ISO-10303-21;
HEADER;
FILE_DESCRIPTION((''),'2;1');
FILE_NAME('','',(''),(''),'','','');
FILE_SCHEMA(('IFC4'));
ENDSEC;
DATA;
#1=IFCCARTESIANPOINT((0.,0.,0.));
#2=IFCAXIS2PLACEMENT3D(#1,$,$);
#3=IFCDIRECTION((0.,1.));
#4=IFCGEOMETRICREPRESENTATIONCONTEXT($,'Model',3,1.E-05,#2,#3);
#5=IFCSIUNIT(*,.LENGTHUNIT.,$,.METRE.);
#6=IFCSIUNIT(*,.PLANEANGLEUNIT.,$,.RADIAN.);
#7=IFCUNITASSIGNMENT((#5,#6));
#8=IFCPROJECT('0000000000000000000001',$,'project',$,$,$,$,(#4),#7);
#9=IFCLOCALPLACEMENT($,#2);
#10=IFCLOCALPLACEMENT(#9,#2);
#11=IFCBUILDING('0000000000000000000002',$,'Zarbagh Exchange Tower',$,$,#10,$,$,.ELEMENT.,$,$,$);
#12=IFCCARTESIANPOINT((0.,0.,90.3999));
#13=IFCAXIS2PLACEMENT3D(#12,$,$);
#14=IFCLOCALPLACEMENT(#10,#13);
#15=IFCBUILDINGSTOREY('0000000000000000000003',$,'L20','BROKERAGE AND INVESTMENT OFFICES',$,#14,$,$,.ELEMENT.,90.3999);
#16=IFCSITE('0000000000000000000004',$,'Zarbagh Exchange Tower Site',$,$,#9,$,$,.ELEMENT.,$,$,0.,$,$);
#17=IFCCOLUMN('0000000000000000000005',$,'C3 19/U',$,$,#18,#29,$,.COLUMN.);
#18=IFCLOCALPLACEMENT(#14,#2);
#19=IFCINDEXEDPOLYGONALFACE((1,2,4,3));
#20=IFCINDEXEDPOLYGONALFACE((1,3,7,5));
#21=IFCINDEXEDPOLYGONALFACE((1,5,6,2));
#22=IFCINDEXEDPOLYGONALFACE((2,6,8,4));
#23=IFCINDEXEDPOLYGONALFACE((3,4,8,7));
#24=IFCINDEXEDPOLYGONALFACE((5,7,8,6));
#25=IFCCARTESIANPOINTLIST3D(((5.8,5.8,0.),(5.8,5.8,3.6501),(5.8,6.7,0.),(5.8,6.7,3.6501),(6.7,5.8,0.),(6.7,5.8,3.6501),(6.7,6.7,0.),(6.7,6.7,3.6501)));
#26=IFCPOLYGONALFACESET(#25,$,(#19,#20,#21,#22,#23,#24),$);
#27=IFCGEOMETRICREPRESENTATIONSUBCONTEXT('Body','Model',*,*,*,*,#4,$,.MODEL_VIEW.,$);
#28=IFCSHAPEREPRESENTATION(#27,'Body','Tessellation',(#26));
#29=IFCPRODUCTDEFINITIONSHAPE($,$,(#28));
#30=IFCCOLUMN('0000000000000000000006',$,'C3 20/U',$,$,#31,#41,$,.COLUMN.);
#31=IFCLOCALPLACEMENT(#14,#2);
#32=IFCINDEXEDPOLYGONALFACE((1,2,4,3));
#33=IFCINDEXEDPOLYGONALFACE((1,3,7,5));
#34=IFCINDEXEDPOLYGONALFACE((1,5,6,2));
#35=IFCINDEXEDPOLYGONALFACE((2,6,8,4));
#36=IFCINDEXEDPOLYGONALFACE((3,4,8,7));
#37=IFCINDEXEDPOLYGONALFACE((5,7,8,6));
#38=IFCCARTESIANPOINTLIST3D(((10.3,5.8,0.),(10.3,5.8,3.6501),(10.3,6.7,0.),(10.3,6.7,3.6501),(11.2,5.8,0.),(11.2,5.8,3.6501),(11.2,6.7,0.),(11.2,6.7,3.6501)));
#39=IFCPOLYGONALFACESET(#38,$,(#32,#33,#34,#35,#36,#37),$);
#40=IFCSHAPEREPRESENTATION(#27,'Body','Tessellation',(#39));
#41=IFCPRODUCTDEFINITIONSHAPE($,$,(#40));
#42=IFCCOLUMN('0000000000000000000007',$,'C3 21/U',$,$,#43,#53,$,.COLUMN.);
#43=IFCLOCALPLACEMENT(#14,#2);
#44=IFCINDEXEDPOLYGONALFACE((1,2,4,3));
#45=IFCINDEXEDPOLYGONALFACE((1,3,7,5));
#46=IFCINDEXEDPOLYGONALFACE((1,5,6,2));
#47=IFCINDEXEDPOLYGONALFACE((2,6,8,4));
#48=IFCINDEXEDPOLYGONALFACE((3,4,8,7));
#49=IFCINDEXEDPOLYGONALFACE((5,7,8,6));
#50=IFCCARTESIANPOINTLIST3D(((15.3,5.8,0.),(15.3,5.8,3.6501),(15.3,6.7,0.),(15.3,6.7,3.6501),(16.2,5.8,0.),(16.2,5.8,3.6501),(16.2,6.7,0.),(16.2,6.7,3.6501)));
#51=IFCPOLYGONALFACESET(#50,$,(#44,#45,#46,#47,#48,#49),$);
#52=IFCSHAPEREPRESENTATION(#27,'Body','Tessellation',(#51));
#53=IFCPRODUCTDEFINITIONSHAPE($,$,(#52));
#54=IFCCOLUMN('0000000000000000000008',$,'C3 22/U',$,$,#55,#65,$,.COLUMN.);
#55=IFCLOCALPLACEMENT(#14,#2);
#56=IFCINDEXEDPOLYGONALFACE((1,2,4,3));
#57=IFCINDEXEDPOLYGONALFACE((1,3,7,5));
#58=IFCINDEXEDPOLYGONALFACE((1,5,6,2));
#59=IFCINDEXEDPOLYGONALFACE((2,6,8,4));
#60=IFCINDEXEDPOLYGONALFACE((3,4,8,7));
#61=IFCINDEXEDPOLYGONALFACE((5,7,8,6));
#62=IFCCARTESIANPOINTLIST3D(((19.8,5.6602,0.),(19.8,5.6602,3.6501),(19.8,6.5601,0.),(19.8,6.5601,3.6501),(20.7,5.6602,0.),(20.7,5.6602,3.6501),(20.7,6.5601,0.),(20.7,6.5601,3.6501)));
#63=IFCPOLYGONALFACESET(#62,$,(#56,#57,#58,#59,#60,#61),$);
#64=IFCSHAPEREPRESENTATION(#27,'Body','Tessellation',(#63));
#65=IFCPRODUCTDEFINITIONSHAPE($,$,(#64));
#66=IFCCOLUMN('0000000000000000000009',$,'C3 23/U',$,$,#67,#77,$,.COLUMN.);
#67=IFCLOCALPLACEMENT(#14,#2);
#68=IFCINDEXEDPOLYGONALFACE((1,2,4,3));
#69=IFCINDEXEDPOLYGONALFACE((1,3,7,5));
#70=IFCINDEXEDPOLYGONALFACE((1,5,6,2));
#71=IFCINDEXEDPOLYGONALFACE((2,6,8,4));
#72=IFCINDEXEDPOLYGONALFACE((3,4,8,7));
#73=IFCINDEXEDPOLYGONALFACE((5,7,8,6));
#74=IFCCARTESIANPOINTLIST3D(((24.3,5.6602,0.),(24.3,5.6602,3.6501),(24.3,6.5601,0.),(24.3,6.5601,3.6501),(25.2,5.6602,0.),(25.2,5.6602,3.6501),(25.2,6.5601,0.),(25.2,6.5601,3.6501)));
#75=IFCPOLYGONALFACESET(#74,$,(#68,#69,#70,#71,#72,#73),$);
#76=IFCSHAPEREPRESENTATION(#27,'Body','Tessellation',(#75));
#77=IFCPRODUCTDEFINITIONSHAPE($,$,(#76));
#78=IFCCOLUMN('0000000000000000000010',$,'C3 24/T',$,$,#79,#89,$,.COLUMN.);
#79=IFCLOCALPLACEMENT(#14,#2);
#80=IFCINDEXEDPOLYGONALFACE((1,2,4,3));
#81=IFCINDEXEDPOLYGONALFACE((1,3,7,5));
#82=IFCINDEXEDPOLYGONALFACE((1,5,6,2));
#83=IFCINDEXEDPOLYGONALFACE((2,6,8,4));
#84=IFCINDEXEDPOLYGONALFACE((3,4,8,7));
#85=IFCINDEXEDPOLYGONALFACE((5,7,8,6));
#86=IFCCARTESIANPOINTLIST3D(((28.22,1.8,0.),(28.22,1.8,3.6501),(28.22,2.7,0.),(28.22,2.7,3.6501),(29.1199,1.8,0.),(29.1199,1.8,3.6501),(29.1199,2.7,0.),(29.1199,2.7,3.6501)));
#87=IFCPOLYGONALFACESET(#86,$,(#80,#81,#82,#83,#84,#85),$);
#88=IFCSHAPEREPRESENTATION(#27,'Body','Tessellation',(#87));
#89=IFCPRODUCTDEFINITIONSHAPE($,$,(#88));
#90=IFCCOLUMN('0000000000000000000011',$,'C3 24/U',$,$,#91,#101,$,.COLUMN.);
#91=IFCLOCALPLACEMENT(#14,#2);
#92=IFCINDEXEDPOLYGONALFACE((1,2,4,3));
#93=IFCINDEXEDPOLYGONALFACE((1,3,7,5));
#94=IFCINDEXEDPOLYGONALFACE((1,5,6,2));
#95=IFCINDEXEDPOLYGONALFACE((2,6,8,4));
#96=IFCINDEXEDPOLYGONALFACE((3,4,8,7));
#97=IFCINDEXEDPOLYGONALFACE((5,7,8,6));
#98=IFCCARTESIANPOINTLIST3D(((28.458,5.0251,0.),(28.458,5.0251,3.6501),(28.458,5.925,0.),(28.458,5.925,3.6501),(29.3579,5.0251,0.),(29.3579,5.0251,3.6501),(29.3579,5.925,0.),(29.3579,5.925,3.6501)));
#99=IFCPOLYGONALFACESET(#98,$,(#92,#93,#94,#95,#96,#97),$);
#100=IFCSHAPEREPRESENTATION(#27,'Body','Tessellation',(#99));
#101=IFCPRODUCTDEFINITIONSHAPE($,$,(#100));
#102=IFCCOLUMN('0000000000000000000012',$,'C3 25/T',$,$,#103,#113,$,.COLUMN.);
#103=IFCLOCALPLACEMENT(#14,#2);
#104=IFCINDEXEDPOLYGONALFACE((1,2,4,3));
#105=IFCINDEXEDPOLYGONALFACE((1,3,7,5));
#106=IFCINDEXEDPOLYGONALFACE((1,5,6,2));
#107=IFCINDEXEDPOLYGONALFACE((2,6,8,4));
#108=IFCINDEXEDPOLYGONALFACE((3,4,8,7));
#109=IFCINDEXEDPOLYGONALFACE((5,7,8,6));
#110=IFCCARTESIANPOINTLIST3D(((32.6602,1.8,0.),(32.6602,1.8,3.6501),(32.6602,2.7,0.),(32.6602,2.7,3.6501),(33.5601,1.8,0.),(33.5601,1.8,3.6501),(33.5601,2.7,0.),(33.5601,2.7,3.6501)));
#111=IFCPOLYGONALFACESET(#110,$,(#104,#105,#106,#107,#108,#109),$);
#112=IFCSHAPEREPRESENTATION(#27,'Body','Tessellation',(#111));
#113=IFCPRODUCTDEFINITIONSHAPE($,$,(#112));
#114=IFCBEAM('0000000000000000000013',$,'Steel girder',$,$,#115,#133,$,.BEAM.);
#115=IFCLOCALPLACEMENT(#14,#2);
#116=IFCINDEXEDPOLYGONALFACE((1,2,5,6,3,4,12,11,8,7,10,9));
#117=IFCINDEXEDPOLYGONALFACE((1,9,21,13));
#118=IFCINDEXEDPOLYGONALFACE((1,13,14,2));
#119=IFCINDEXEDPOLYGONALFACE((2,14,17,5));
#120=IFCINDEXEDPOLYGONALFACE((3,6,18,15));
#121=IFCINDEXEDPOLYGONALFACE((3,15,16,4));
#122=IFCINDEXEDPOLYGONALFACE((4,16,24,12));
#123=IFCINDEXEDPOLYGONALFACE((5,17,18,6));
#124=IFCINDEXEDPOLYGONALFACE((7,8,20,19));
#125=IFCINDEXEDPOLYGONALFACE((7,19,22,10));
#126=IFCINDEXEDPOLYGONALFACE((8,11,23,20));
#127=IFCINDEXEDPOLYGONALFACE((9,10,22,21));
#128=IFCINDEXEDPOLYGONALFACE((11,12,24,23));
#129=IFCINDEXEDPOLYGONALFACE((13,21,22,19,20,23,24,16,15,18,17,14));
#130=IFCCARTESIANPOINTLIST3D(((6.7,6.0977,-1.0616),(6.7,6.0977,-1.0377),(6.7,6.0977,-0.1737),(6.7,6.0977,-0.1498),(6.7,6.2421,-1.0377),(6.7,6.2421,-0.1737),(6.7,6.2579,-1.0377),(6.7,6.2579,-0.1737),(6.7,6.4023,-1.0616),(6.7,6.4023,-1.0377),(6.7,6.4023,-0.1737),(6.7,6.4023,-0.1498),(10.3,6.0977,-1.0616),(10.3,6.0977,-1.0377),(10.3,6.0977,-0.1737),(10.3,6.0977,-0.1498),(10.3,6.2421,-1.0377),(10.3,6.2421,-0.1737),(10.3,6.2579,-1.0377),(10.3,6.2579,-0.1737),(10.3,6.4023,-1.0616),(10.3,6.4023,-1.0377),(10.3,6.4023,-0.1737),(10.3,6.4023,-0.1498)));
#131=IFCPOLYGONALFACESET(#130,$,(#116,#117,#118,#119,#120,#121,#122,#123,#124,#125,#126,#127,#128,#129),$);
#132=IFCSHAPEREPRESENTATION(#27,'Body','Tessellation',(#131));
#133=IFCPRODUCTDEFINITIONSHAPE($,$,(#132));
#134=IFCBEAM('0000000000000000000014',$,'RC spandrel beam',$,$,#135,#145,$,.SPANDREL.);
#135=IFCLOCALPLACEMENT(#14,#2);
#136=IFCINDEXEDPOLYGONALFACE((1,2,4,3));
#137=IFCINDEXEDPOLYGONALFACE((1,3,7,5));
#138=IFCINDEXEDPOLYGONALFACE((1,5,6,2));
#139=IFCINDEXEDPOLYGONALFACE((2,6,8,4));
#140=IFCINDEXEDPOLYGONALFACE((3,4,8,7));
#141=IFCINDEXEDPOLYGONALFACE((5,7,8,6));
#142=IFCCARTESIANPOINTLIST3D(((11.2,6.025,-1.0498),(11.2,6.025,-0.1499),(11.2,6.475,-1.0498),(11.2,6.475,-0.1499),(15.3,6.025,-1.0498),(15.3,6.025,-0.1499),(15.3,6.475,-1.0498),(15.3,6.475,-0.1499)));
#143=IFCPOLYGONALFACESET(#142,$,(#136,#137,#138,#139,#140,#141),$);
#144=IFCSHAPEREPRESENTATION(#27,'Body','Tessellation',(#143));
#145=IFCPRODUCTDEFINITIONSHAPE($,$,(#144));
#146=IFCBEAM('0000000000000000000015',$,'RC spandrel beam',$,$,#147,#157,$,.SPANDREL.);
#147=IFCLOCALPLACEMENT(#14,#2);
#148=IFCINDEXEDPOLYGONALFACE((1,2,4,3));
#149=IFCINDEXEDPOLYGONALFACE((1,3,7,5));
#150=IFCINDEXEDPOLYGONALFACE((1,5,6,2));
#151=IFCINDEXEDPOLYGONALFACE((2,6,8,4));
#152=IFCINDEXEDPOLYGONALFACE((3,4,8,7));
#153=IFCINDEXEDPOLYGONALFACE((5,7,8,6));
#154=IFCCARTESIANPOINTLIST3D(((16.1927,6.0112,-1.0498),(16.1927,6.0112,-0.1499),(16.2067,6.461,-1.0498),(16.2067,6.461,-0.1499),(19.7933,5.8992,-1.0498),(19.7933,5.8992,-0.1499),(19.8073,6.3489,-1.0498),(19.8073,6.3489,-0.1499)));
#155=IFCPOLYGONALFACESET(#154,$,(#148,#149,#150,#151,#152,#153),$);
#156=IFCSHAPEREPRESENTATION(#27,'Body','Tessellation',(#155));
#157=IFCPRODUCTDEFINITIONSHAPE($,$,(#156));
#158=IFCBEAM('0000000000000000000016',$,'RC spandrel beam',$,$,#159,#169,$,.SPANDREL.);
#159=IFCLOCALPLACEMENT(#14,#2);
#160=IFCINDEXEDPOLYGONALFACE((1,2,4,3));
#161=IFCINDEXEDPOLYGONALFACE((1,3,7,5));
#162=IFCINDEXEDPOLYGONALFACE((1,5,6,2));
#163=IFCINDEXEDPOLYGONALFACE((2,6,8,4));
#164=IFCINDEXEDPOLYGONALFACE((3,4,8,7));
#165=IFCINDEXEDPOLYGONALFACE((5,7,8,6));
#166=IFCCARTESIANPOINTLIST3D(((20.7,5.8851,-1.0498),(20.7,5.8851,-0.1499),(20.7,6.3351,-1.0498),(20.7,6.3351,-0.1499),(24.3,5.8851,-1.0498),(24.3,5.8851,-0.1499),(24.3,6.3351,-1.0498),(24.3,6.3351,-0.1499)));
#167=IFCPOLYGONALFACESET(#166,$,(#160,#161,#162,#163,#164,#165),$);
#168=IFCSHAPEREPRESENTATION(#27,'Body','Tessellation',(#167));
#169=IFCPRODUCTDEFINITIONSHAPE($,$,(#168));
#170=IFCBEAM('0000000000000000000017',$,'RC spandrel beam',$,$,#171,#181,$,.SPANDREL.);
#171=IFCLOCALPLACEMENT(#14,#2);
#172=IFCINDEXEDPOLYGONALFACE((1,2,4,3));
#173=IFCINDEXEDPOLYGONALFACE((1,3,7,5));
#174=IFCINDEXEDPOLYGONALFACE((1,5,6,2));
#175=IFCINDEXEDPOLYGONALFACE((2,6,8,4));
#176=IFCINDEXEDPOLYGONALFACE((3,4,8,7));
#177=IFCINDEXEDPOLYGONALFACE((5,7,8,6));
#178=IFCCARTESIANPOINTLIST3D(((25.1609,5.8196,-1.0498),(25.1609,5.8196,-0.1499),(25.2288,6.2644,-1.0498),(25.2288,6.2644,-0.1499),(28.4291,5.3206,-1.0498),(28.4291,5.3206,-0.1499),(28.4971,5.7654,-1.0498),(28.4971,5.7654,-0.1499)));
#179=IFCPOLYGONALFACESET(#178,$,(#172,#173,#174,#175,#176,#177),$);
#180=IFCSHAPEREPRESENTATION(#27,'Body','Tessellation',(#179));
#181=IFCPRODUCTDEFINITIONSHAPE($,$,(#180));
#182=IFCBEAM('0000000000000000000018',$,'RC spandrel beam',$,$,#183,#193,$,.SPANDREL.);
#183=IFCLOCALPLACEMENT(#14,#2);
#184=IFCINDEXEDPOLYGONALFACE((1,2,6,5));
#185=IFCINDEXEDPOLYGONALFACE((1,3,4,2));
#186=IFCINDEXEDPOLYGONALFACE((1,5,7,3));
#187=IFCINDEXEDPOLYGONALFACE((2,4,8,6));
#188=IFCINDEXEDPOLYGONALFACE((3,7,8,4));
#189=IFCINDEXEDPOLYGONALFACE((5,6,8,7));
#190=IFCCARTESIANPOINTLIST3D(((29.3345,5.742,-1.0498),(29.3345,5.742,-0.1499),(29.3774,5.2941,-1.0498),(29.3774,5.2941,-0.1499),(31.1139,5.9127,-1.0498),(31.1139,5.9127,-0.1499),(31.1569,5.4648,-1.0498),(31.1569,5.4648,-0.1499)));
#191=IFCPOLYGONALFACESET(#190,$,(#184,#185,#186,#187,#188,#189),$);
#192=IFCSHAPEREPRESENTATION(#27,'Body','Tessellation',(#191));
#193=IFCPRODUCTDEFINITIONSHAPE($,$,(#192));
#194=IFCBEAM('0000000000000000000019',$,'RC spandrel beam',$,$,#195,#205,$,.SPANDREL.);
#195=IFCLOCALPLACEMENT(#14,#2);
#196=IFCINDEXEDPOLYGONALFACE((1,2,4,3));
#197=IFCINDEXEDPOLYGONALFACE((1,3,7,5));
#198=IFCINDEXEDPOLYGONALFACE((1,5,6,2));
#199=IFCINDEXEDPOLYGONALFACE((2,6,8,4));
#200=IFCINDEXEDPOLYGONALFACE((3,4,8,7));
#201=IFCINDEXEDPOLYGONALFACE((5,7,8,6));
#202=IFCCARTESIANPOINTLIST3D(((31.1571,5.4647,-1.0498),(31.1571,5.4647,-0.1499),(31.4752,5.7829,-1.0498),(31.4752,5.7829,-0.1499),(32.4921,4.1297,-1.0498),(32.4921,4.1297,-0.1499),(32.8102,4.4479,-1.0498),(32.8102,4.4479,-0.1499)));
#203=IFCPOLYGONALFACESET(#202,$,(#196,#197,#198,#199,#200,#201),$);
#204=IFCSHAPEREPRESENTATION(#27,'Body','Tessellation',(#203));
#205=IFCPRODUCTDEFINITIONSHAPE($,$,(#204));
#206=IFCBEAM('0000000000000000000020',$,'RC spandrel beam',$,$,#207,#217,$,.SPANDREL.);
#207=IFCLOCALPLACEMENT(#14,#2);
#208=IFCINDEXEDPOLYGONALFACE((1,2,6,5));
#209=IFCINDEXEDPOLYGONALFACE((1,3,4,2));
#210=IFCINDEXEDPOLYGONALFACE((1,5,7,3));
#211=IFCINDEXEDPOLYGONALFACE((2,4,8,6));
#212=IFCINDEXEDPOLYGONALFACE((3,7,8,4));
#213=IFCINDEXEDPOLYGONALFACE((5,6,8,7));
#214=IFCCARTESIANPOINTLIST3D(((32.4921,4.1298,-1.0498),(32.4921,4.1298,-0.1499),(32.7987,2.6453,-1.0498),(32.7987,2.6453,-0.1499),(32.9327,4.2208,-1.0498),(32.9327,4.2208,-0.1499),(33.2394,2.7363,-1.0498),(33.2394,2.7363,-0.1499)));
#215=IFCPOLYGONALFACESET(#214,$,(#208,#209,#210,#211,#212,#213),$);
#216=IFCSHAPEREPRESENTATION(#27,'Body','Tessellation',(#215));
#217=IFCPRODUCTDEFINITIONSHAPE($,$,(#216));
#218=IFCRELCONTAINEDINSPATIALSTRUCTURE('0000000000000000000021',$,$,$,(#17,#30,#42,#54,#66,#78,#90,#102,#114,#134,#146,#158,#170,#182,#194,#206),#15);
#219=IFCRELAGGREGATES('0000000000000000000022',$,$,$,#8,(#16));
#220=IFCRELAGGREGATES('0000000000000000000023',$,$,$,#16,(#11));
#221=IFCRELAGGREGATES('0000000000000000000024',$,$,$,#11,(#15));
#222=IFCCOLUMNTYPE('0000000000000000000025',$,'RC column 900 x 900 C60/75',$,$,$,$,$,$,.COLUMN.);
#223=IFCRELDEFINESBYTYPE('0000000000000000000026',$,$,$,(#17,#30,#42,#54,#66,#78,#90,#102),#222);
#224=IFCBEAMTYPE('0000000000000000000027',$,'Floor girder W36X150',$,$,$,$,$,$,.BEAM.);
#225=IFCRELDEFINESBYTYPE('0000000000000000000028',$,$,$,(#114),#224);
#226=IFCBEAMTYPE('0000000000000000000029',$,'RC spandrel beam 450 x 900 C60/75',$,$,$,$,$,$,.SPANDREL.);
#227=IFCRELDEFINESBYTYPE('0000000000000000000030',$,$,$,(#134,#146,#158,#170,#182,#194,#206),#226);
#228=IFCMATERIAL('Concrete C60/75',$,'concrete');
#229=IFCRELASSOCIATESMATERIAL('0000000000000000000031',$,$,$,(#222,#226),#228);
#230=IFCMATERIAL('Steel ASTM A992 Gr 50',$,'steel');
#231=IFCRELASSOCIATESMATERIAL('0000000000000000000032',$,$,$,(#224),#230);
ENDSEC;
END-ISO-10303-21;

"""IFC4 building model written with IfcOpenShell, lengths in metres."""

from ifc_helpers import new_model, si_unit, direction, frame, origin, origin_2d, place, context, subcontext, project, spatial, rectangle, i_section, extrude, material, material_profile, profile_set, type_object, element, save


model = new_model("IFC4")

# Units and contexts
model_context = context("Model", 3, precision=1e-05, world=origin(), true_north=direction((0.0, 1.0)))
body_context = subcontext(model_context, "Body", "Model", "MODEL_VIEW")
ifc_project = project(units=[si_unit("LENGTHUNIT", "METRE"), si_unit("PLANEANGLEUNIT", "RADIAN")], contexts=[model_context])

# Site, building, storey
site_placement = place(None, origin())
site = spatial("IfcSite", under=ifc_project, at=site_placement, Name="Zarbagh Exchange Tower Site", CompositionType="ELEMENT", RefElevation=0.0)
building_placement = place(site_placement, origin())
building = spatial("IfcBuilding", under=site, at=building_placement, Name="Zarbagh Exchange Tower", CompositionType="ELEMENT")
storey_placement = place(building_placement, frame((0.0, 0.0, 90.3999)))
storey = spatial("IfcBuildingStorey", under=building, at=storey_placement, Name="L20", Description="BROKERAGE AND INVESTMENT OFFICES", CompositionType="ELEMENT", Elevation=90.3999)

# Columns
ifc_material_1 = material(Name="Concrete C60/75", Category="concrete")
ifc_material_profile_1 = material_profile(ifc_material_1, rectangle(XDim=0.8999, YDim=0.8999, at=origin_2d()), Name="RC column 900 x 900 C60/75")
ifc_profile_set_1 = profile_set([ifc_material_profile_1], Name="Concrete C60/75")
column_type = type_object("IfcColumnType", Name="RC column 900 x 900 C60/75", PredefinedType="COLUMN", material=ifc_profile_set_1)
for number, where, z_axis, x_axis, name in (
    (1, (6.25, 6.25, 0.0), (0.0, 0.0, 1.0), (1.0, 0.0, 0.0), "C3 19/U"),
    (2, (10.75, 6.25, 0.0), (0.0, 0.0, 1.0), (1.0, 0.0, 0.0), "C3 20/U"),
    (3, (15.75, 6.25, 0.0), (0.0, 0.0, 1.0), (1.0, 0.0, 0.0), "C3 21/U"),
    (4, (20.25, 6.1101, 0.0), (0.0, 0.0, 1.0), (1.0, 0.0, 0.0), "C3 22/U"),
    (5, (24.75, 6.1101, 0.0), (0.0, 0.0, 1.0), (1.0, 0.0, 0.0), "C3 23/U"),
    (6, (28.6699, 2.25, 0.0), (0.0, 0.0, 1.0), (1.0, 0.0, 0.0), "C3 24/T"),
    (7, (28.908, 5.4751, 0.0), (0.0, 0.0, 1.0), (1.0, 0.0, 0.0), "C3 24/U"),
    (8, (33.1101, 2.25, 0.0), (0.0, 0.0, 1.0), (1.0, 0.0, 0.0), "C3 25/T"),
):
    element("IfcColumn", number, at=place(storey_placement, frame(where, z_axis=z_axis, x_axis=x_axis)), inside=storey, type_object=column_type, Name=name, PredefinedType="COLUMN", context=body_context, shape_type="SweptSolid", body=[
        extrude(rectangle(XDim=0.8999, YDim=0.8999, at=origin_2d()), origin(), (0.0, 0.0, 1.0), 3.6501),
    ])

# Beams
ifc_material_2 = material(Name="Steel ASTM A992 Gr 50", Category="steel")
ifc_material_profile_2 = material_profile(ifc_material_2, i_section(OverallWidth=0.3047, OverallDepth=0.9119, WebThickness=0.0159, FlangeThickness=0.0239, at=origin_2d()), Name="W36X150")
ifc_profile_set_2 = profile_set([ifc_material_profile_2], Name="Steel ASTM A992 Gr 50")
beam_type_1 = type_object("IfcBeamType", Name="Floor girder W36X150", PredefinedType="BEAM", material=ifc_profile_set_2)
beam_1_placement = place(storey_placement, frame((6.7, 6.25, -0.6057), z_axis=(1.0, 0.0, 0.0), x_axis=(0.0, 1.0, 0.0)))
element("IfcBeam", 9, at=beam_1_placement, inside=storey, type_object=beam_type_1, Name="Steel girder", PredefinedType="BEAM", context=body_context, shape_type="SweptSolid", body=[
    extrude(i_section(OverallWidth=0.3047, OverallDepth=0.9119, WebThickness=0.0159, FlangeThickness=0.0239, at=origin_2d()), origin(), (0.0, 0.0, 1.0), 3.6001),
])
ifc_material_profile_3 = material_profile(ifc_material_1, rectangle(XDim=0.45, YDim=0.8999, at=origin_2d()), Name="RC spandrel beam 450 x 900 C60/75")
ifc_profile_set_3 = profile_set([ifc_material_profile_3], Name="Concrete C60/75")
beam_type_2 = type_object("IfcBeamType", Name="RC spandrel beam 450 x 900 C60/75", PredefinedType="SPANDREL", material=ifc_profile_set_3)
beam_2_placement = place(storey_placement, frame((11.2, 6.25, -0.5999), z_axis=(1.0, 0.0, 0.0), x_axis=(0.0, 1.0, 0.0)))
element("IfcBeam", 10, at=beam_2_placement, inside=storey, type_object=beam_type_2, Name="RC spandrel beam", PredefinedType="SPANDREL", context=body_context, shape_type="SweptSolid", body=[
    extrude(rectangle(XDim=0.45, YDim=0.8999, at=origin_2d()), origin(), (0.0, 0.0, 1.0), 4.1001),
])
beam_3_placement = place(storey_placement, frame((16.1997, 6.2361, -0.5999), z_axis=(0.999516, -0.031108, 0.0), x_axis=(0.031108, 0.999516, 0.0)))
element("IfcBeam", 11, at=beam_3_placement, inside=storey, type_object=beam_type_2, Name="RC spandrel beam", PredefinedType="SPANDREL", context=body_context, shape_type="SweptSolid", body=[
    extrude(rectangle(XDim=0.45, YDim=0.8999, at=origin_2d()), origin(), (0.0, 0.0, 1.0), 3.6023),
])
beam_4_placement = place(storey_placement, frame((20.7, 6.1101, -0.5999), z_axis=(1.0, 0.0, 0.0), x_axis=(0.0, 1.0, 0.0)))
element("IfcBeam", 12, at=beam_4_placement, inside=storey, type_object=beam_type_2, Name="RC spandrel beam", PredefinedType="SPANDREL", context=body_context, shape_type="SweptSolid", body=[
    extrude(rectangle(XDim=0.45, YDim=0.8999, at=origin_2d()), origin(), (0.0, 0.0, 1.0), 3.6001),
])
beam_5_placement = place(storey_placement, frame((25.1948, 6.042, -0.5999), z_axis=(0.988544, -0.150936, 0.0), x_axis=(0.150936, 0.988544, 0.0)))
element("IfcBeam", 13, at=beam_5_placement, inside=storey, type_object=beam_type_2, Name="RC spandrel beam", PredefinedType="SPANDREL", context=body_context, shape_type="SweptSolid", body=[
    extrude(rectangle(XDim=0.45, YDim=0.8999, at=origin_2d()), origin(), (0.0, 0.0, 1.0), 3.3062),
])
beam_6_placement = place(storey_placement, frame((29.356, 5.5181, -0.5999), z_axis=(0.995433, 0.09546, 0.0), x_axis=(-0.09546, 0.995433, 0.0)))
element("IfcBeam", 14, at=beam_6_placement, inside=storey, type_object=beam_type_2, Name="RC spandrel beam", PredefinedType="SPANDREL", context=body_context, shape_type="SweptSolid", body=[
    extrude(rectangle(XDim=0.45, YDim=0.8999, at=origin_2d()), origin(), (0.0, 0.0, 1.0), 1.7876),
])
beam_7_placement = place(storey_placement, frame((31.3162, 5.6238, -0.5999), z_axis=(0.707107, -0.707107, 0.0), x_axis=(0.707107, 0.707107, 0.0)))
element("IfcBeam", 15, at=beam_7_placement, inside=storey, type_object=beam_type_2, Name="RC spandrel beam", PredefinedType="SPANDREL", context=body_context, shape_type="SweptSolid", body=[
    extrude(rectangle(XDim=0.45, YDim=0.8999, at=origin_2d()), origin(), (0.0, 0.0, 1.0), 1.8879),
])
beam_8_placement = place(storey_placement, frame((32.7124, 4.1753, -0.5999), z_axis=(0.202275, -0.979329, 0.0), x_axis=(0.979329, 0.202275, 0.0)))
element("IfcBeam", 16, at=beam_8_placement, inside=storey, type_object=beam_type_2, Name="RC spandrel beam", PredefinedType="SPANDREL", context=body_context, shape_type="SweptSolid", body=[
    extrude(rectangle(XDim=0.45, YDim=0.8999, at=origin_2d()), origin(), (0.0, 0.0, 1.0), 1.5159),
])

save(model, "model.ifc")
